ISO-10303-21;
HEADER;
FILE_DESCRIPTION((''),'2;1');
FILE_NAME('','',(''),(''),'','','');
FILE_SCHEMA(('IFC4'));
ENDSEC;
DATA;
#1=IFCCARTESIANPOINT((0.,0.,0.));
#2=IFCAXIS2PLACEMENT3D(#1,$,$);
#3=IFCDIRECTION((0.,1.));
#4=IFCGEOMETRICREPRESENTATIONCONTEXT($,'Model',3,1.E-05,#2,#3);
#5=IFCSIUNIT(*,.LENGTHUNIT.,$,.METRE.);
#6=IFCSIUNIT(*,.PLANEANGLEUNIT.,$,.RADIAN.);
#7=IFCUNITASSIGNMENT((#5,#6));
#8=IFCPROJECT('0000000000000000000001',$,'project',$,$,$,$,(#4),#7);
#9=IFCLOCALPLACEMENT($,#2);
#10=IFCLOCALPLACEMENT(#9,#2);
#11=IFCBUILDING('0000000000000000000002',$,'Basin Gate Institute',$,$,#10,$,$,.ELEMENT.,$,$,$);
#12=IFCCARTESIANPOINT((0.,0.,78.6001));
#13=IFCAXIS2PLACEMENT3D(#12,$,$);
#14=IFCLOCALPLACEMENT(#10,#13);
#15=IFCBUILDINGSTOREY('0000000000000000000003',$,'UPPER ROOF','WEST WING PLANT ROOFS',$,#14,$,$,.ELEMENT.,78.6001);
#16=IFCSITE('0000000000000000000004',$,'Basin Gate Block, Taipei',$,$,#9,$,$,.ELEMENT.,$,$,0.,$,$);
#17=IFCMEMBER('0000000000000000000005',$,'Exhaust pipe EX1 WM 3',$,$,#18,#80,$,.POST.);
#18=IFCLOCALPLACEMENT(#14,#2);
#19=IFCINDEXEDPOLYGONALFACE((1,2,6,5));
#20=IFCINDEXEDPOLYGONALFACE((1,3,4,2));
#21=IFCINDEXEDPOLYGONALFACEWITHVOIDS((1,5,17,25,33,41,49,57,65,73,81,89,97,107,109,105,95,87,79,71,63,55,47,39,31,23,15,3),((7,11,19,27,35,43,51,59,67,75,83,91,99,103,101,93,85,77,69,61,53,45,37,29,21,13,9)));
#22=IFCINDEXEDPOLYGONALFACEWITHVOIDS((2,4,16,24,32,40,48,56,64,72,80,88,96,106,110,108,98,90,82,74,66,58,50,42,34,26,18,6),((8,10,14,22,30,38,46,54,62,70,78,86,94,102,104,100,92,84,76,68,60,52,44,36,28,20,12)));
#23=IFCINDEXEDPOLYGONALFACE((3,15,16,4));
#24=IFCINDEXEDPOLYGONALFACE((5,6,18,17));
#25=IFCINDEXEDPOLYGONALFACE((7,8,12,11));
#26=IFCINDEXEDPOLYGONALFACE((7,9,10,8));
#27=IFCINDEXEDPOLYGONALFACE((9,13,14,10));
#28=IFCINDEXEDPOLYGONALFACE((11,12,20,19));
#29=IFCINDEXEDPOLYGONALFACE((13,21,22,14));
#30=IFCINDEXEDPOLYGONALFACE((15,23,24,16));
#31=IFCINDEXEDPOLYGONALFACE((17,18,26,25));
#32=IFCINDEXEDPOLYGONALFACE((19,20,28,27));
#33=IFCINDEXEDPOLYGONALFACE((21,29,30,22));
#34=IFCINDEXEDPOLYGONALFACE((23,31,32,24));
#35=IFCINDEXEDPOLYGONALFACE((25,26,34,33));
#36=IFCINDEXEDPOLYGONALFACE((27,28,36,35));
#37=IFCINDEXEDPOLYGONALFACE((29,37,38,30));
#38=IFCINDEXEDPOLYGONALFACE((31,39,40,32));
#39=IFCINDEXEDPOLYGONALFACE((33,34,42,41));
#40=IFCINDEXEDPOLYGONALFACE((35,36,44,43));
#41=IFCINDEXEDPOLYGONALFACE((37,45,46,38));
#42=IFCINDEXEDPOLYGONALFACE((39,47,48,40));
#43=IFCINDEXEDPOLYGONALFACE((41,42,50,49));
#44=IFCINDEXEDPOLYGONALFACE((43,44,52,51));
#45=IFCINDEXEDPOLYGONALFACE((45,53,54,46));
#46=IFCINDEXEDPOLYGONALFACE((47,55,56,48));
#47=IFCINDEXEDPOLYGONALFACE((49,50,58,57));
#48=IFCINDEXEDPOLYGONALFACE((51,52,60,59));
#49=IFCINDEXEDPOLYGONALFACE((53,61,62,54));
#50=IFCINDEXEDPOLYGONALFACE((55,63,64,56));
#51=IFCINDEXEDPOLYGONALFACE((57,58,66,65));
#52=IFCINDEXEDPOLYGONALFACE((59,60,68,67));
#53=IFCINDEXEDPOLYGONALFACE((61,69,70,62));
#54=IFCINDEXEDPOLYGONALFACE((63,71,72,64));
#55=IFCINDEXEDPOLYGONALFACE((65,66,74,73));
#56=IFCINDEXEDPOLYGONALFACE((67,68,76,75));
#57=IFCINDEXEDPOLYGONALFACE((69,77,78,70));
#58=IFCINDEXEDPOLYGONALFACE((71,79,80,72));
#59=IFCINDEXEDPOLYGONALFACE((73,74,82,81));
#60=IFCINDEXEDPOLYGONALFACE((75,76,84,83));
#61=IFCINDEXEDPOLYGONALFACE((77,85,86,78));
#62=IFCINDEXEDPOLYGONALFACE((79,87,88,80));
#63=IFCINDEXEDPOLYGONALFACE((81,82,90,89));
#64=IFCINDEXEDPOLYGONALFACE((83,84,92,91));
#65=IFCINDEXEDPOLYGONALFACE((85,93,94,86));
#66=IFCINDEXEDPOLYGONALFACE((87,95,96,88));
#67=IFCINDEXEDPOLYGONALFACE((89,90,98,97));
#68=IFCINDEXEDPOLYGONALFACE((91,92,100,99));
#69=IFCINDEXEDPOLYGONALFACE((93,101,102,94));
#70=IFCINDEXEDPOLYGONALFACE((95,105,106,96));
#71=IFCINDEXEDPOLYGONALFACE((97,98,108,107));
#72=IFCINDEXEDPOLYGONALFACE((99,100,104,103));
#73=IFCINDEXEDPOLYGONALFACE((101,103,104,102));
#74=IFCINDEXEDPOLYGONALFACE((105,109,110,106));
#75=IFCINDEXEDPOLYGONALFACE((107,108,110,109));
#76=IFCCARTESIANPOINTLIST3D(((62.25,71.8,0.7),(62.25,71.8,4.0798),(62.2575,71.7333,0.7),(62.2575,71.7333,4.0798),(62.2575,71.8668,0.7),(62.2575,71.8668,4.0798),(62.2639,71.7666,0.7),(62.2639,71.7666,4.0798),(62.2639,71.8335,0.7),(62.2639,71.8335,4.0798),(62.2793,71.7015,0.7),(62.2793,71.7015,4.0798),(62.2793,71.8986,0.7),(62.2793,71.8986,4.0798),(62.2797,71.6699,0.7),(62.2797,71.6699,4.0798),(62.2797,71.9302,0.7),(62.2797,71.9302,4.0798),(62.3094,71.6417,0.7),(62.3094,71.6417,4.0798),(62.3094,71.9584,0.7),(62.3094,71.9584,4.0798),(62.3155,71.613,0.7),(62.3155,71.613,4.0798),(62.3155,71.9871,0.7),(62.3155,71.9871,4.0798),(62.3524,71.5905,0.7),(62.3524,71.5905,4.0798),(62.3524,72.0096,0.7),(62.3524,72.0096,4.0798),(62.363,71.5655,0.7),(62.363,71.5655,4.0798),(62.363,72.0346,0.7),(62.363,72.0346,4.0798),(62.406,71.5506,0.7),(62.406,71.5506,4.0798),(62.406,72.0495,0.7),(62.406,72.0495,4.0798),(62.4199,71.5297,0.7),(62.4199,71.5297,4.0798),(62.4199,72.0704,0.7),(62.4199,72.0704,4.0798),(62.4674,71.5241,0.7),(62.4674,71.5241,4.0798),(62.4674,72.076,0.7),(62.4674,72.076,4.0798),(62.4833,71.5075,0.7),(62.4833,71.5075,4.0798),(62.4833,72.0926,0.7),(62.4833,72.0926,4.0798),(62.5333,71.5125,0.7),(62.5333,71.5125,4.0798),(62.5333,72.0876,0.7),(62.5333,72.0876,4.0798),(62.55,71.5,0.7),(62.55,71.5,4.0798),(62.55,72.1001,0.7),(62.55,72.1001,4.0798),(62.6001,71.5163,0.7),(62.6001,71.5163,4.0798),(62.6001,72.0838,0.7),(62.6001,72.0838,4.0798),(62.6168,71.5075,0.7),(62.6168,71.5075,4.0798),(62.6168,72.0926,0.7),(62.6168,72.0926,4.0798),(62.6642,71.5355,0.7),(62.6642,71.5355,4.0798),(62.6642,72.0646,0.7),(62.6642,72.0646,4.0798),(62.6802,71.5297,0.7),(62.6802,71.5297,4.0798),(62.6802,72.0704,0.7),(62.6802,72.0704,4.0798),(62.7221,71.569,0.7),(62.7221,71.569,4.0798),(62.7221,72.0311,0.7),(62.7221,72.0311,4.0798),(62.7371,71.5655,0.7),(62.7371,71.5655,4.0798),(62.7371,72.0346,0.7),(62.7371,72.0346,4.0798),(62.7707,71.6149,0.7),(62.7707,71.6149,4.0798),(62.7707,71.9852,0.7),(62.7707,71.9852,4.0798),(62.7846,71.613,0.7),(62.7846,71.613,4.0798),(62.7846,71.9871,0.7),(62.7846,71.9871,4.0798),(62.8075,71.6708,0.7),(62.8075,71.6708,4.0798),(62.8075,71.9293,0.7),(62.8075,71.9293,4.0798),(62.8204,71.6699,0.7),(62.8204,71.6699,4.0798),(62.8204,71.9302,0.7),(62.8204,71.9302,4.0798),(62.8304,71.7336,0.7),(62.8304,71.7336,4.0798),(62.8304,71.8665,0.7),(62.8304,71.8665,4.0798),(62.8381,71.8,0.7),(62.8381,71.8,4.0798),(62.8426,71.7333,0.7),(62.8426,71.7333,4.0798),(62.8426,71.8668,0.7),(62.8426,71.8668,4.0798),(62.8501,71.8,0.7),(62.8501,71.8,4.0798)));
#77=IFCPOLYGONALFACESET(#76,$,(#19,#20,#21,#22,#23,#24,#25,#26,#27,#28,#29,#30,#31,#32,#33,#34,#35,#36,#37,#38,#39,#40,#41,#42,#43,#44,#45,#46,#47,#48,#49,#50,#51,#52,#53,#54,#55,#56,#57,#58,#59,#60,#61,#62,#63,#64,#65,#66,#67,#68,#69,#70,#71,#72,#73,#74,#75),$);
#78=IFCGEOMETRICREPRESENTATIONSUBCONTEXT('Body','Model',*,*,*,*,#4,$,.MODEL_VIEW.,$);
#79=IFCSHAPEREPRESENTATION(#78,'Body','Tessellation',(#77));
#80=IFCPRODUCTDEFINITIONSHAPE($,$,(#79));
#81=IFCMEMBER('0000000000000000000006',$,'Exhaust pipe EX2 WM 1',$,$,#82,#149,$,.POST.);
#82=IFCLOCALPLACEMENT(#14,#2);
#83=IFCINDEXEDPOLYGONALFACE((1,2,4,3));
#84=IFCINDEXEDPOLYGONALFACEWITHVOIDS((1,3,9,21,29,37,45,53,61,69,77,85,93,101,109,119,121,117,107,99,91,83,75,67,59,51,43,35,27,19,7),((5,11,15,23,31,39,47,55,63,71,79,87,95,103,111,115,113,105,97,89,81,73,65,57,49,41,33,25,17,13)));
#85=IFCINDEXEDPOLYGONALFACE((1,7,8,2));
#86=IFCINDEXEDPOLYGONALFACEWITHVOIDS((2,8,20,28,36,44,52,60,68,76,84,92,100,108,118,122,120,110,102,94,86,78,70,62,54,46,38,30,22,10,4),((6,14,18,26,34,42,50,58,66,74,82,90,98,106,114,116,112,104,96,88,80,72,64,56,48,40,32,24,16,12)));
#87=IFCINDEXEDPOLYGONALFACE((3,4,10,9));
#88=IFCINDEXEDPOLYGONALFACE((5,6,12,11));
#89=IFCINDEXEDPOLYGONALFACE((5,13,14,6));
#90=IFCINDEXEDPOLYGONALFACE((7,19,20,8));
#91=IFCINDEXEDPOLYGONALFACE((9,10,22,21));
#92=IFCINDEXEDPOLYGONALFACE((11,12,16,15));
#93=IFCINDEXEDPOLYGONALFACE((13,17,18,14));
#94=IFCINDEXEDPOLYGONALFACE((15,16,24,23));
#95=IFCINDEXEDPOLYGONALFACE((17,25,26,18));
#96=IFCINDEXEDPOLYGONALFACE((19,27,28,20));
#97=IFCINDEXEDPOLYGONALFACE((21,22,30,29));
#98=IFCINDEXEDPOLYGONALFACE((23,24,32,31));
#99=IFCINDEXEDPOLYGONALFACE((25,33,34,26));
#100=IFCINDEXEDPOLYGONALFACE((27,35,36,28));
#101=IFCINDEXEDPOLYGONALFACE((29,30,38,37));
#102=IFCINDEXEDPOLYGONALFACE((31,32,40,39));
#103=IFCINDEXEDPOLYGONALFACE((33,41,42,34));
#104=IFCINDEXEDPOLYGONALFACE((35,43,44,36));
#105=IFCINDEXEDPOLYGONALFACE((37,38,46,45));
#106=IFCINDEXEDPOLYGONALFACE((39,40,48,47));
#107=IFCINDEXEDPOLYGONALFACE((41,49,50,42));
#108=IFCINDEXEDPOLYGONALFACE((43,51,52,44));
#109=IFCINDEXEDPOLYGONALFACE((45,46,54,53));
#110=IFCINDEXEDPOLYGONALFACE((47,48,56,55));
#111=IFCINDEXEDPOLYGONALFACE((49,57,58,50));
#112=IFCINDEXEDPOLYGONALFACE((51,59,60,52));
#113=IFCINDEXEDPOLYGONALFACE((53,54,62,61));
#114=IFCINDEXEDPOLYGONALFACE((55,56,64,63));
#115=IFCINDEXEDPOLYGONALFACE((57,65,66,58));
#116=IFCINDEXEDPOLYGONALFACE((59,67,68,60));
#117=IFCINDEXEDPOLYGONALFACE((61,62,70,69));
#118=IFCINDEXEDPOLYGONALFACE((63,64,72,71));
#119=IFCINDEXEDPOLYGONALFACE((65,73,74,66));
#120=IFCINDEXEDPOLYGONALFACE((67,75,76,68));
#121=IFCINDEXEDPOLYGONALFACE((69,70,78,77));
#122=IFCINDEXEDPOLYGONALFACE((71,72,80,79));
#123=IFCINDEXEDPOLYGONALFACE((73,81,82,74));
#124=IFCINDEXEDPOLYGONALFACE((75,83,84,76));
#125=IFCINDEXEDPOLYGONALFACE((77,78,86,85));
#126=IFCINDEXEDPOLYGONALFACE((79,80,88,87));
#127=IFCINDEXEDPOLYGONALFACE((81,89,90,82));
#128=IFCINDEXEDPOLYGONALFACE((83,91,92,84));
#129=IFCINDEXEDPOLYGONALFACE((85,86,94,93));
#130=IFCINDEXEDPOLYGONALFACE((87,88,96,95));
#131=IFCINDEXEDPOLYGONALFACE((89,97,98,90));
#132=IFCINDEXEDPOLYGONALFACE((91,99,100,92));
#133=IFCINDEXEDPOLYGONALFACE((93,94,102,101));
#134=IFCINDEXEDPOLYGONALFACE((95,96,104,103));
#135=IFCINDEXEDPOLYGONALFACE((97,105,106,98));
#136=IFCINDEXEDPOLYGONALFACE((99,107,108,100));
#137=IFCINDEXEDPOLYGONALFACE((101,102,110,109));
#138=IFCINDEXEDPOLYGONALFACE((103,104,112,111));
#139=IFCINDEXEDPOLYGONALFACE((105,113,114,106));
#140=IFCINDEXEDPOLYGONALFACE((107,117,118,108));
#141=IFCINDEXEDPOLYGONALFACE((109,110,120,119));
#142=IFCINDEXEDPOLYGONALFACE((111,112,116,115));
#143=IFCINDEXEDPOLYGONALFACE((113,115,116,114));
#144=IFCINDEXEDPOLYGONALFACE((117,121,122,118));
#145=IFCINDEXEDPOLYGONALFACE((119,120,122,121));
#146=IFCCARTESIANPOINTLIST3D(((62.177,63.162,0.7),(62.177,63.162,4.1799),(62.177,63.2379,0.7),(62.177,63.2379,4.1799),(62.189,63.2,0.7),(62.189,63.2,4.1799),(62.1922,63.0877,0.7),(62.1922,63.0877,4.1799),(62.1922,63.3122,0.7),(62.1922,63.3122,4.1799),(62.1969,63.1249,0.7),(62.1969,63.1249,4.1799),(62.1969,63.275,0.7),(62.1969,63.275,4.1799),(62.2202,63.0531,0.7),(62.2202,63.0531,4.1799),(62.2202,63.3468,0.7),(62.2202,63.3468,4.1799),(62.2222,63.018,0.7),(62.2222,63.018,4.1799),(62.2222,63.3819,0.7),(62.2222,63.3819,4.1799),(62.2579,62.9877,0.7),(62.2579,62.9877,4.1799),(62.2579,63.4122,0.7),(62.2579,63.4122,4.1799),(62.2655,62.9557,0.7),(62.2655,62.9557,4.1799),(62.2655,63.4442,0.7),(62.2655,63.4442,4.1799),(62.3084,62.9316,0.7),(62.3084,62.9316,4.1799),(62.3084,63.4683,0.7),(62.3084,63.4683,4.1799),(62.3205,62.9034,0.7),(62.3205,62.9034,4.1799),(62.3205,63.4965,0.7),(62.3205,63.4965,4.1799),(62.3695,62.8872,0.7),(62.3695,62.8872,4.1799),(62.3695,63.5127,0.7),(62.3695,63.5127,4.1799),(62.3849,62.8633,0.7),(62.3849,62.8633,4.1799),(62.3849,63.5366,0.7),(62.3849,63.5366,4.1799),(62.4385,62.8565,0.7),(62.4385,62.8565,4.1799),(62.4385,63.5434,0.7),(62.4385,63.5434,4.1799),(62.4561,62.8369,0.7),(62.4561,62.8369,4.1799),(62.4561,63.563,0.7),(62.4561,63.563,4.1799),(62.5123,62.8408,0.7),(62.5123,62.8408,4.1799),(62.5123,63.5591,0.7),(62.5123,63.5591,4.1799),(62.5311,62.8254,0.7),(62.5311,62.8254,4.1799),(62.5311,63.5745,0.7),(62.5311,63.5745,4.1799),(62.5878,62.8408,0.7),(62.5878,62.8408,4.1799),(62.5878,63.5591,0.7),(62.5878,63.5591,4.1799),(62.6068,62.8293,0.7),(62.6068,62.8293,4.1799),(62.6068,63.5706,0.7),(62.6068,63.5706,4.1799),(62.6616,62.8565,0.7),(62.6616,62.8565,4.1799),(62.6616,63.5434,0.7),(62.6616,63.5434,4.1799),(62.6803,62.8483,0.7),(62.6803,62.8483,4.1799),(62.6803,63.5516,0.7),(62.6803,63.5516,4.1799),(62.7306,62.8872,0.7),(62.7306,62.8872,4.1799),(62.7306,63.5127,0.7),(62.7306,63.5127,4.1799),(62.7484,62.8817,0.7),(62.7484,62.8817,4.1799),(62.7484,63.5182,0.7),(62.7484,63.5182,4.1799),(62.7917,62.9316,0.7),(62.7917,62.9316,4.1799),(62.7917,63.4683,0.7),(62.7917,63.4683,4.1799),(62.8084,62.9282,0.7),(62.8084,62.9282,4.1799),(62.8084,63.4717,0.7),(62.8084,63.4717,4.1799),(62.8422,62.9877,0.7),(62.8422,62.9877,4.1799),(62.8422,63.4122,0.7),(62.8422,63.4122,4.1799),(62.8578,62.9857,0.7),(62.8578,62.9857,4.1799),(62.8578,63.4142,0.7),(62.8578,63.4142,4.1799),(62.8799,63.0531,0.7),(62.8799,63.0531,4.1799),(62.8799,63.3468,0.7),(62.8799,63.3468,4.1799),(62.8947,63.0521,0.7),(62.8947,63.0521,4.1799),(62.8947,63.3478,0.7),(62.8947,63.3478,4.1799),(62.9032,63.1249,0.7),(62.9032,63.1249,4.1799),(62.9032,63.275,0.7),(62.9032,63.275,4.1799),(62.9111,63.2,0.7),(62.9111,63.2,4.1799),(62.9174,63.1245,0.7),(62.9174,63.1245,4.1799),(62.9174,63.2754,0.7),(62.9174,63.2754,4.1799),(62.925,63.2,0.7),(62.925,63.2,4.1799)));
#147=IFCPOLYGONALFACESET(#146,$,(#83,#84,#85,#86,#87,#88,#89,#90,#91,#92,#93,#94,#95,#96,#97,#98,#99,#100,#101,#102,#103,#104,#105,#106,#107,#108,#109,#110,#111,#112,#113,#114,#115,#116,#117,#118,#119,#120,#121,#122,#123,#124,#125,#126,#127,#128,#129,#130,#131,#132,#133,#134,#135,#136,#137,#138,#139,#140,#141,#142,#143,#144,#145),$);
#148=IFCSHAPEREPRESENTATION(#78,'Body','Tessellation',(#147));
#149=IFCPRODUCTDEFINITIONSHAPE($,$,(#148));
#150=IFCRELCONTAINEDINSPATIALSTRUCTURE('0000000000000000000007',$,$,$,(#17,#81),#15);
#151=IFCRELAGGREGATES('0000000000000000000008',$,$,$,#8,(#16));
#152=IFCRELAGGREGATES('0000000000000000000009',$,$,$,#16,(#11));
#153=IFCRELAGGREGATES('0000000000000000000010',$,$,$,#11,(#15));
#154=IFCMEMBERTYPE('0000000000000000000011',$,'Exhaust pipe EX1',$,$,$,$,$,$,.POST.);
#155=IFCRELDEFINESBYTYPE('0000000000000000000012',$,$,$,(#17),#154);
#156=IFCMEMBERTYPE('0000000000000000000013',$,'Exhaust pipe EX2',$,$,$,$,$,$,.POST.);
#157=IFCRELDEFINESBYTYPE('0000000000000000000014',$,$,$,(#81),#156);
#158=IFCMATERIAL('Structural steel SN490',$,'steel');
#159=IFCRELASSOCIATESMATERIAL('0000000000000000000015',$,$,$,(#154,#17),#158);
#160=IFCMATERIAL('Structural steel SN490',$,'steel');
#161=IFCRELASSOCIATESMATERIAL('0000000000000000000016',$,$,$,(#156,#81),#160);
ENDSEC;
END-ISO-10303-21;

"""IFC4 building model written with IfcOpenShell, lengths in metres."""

from ifc_helpers import new_model, si_unit, direction, frame, origin, origin_2d, place, context, subcontext, project, spatial, hollow_circle, extrude, material, material_profile, profile_set, type_object, element, save


model = new_model("IFC4")

# Units and contexts
model_context = context("Model", 3, precision=1e-05, world=origin(), true_north=direction((0.0, 1.0)))
body_context = subcontext(model_context, "Body", "Model", "MODEL_VIEW")
ifc_project = project(units=[si_unit("LENGTHUNIT", "METRE"), si_unit("PLANEANGLEUNIT", "RADIAN")], contexts=[model_context])

# Site, building, storey
site_placement = place(None, origin())
site = spatial("IfcSite", under=ifc_project, at=site_placement, Name="Basin Gate Block, Taipei", CompositionType="ELEMENT", RefElevation=0.0)
building_placement = place(site_placement, origin())
building = spatial("IfcBuilding", under=site, at=building_placement, Name="Basin Gate Institute", CompositionType="ELEMENT")
storey_placement = place(building_placement, frame((0.0, 0.0, 78.6001)))
storey = spatial("IfcBuildingStorey", under=building, at=storey_placement, Name="UPPER ROOF", Description="WEST WING PLANT ROOFS", CompositionType="ELEMENT", Elevation=78.6001)

# Members
ifc_material_1 = material(Name="Structural steel SN490", Category="steel")
ifc_material_profile_1 = material_profile(ifc_material_1, hollow_circle(Radius=0.3, WallThickness=0.012, at=origin_2d()), Name="CHS600x12")
ifc_profile_set_1 = profile_set([ifc_material_profile_1], Name="Structural steel SN490")
member_type_1 = type_object("IfcMemberType", Name="Exhaust pipe EX1", PredefinedType="POST", material=ifc_profile_set_1)
member_1_placement = place(storey_placement, frame((62.55, 71.8, 0.7), z_axis=(0.0, 0.0, 1.0), x_axis=(1.0, 0.0, 0.0)))
element("IfcMember", 1, at=member_1_placement, inside=storey, type_object=member_type_1, material=ifc_profile_set_1, Name="Exhaust pipe EX1 WM 3", PredefinedType="POST", context=body_context, shape_type="SweptSolid", body=[
    extrude(hollow_circle(Radius=0.3, WallThickness=0.012, at=origin_2d()), origin(), (0.0, 0.0, 1.0), 3.3799),
])
ifc_material_2 = material(Name="Structural steel SN490", Category="steel")
ifc_material_profile_2 = material_profile(ifc_material_2, hollow_circle(Radius=0.375, WallThickness=0.0139, at=origin_2d()), Name="CHS750x14")
ifc_profile_set_2 = profile_set([ifc_material_profile_2], Name="Structural steel SN490")
member_type_2 = type_object("IfcMemberType", Name="Exhaust pipe EX2", PredefinedType="POST", material=ifc_profile_set_2)
member_2_placement = place(storey_placement, frame((62.55, 63.2, 0.7), z_axis=(0.0, 0.0, 1.0), x_axis=(1.0, 0.0, 0.0)))
element("IfcMember", 2, at=member_2_placement, inside=storey, type_object=member_type_2, material=ifc_profile_set_2, Name="Exhaust pipe EX2 WM 1", PredefinedType="POST", context=body_context, shape_type="SweptSolid", body=[
    extrude(hollow_circle(Radius=0.375, WallThickness=0.0139, at=origin_2d()), origin(), (0.0, 0.0, 1.0), 3.48),
])

save(model, "model.ifc")
